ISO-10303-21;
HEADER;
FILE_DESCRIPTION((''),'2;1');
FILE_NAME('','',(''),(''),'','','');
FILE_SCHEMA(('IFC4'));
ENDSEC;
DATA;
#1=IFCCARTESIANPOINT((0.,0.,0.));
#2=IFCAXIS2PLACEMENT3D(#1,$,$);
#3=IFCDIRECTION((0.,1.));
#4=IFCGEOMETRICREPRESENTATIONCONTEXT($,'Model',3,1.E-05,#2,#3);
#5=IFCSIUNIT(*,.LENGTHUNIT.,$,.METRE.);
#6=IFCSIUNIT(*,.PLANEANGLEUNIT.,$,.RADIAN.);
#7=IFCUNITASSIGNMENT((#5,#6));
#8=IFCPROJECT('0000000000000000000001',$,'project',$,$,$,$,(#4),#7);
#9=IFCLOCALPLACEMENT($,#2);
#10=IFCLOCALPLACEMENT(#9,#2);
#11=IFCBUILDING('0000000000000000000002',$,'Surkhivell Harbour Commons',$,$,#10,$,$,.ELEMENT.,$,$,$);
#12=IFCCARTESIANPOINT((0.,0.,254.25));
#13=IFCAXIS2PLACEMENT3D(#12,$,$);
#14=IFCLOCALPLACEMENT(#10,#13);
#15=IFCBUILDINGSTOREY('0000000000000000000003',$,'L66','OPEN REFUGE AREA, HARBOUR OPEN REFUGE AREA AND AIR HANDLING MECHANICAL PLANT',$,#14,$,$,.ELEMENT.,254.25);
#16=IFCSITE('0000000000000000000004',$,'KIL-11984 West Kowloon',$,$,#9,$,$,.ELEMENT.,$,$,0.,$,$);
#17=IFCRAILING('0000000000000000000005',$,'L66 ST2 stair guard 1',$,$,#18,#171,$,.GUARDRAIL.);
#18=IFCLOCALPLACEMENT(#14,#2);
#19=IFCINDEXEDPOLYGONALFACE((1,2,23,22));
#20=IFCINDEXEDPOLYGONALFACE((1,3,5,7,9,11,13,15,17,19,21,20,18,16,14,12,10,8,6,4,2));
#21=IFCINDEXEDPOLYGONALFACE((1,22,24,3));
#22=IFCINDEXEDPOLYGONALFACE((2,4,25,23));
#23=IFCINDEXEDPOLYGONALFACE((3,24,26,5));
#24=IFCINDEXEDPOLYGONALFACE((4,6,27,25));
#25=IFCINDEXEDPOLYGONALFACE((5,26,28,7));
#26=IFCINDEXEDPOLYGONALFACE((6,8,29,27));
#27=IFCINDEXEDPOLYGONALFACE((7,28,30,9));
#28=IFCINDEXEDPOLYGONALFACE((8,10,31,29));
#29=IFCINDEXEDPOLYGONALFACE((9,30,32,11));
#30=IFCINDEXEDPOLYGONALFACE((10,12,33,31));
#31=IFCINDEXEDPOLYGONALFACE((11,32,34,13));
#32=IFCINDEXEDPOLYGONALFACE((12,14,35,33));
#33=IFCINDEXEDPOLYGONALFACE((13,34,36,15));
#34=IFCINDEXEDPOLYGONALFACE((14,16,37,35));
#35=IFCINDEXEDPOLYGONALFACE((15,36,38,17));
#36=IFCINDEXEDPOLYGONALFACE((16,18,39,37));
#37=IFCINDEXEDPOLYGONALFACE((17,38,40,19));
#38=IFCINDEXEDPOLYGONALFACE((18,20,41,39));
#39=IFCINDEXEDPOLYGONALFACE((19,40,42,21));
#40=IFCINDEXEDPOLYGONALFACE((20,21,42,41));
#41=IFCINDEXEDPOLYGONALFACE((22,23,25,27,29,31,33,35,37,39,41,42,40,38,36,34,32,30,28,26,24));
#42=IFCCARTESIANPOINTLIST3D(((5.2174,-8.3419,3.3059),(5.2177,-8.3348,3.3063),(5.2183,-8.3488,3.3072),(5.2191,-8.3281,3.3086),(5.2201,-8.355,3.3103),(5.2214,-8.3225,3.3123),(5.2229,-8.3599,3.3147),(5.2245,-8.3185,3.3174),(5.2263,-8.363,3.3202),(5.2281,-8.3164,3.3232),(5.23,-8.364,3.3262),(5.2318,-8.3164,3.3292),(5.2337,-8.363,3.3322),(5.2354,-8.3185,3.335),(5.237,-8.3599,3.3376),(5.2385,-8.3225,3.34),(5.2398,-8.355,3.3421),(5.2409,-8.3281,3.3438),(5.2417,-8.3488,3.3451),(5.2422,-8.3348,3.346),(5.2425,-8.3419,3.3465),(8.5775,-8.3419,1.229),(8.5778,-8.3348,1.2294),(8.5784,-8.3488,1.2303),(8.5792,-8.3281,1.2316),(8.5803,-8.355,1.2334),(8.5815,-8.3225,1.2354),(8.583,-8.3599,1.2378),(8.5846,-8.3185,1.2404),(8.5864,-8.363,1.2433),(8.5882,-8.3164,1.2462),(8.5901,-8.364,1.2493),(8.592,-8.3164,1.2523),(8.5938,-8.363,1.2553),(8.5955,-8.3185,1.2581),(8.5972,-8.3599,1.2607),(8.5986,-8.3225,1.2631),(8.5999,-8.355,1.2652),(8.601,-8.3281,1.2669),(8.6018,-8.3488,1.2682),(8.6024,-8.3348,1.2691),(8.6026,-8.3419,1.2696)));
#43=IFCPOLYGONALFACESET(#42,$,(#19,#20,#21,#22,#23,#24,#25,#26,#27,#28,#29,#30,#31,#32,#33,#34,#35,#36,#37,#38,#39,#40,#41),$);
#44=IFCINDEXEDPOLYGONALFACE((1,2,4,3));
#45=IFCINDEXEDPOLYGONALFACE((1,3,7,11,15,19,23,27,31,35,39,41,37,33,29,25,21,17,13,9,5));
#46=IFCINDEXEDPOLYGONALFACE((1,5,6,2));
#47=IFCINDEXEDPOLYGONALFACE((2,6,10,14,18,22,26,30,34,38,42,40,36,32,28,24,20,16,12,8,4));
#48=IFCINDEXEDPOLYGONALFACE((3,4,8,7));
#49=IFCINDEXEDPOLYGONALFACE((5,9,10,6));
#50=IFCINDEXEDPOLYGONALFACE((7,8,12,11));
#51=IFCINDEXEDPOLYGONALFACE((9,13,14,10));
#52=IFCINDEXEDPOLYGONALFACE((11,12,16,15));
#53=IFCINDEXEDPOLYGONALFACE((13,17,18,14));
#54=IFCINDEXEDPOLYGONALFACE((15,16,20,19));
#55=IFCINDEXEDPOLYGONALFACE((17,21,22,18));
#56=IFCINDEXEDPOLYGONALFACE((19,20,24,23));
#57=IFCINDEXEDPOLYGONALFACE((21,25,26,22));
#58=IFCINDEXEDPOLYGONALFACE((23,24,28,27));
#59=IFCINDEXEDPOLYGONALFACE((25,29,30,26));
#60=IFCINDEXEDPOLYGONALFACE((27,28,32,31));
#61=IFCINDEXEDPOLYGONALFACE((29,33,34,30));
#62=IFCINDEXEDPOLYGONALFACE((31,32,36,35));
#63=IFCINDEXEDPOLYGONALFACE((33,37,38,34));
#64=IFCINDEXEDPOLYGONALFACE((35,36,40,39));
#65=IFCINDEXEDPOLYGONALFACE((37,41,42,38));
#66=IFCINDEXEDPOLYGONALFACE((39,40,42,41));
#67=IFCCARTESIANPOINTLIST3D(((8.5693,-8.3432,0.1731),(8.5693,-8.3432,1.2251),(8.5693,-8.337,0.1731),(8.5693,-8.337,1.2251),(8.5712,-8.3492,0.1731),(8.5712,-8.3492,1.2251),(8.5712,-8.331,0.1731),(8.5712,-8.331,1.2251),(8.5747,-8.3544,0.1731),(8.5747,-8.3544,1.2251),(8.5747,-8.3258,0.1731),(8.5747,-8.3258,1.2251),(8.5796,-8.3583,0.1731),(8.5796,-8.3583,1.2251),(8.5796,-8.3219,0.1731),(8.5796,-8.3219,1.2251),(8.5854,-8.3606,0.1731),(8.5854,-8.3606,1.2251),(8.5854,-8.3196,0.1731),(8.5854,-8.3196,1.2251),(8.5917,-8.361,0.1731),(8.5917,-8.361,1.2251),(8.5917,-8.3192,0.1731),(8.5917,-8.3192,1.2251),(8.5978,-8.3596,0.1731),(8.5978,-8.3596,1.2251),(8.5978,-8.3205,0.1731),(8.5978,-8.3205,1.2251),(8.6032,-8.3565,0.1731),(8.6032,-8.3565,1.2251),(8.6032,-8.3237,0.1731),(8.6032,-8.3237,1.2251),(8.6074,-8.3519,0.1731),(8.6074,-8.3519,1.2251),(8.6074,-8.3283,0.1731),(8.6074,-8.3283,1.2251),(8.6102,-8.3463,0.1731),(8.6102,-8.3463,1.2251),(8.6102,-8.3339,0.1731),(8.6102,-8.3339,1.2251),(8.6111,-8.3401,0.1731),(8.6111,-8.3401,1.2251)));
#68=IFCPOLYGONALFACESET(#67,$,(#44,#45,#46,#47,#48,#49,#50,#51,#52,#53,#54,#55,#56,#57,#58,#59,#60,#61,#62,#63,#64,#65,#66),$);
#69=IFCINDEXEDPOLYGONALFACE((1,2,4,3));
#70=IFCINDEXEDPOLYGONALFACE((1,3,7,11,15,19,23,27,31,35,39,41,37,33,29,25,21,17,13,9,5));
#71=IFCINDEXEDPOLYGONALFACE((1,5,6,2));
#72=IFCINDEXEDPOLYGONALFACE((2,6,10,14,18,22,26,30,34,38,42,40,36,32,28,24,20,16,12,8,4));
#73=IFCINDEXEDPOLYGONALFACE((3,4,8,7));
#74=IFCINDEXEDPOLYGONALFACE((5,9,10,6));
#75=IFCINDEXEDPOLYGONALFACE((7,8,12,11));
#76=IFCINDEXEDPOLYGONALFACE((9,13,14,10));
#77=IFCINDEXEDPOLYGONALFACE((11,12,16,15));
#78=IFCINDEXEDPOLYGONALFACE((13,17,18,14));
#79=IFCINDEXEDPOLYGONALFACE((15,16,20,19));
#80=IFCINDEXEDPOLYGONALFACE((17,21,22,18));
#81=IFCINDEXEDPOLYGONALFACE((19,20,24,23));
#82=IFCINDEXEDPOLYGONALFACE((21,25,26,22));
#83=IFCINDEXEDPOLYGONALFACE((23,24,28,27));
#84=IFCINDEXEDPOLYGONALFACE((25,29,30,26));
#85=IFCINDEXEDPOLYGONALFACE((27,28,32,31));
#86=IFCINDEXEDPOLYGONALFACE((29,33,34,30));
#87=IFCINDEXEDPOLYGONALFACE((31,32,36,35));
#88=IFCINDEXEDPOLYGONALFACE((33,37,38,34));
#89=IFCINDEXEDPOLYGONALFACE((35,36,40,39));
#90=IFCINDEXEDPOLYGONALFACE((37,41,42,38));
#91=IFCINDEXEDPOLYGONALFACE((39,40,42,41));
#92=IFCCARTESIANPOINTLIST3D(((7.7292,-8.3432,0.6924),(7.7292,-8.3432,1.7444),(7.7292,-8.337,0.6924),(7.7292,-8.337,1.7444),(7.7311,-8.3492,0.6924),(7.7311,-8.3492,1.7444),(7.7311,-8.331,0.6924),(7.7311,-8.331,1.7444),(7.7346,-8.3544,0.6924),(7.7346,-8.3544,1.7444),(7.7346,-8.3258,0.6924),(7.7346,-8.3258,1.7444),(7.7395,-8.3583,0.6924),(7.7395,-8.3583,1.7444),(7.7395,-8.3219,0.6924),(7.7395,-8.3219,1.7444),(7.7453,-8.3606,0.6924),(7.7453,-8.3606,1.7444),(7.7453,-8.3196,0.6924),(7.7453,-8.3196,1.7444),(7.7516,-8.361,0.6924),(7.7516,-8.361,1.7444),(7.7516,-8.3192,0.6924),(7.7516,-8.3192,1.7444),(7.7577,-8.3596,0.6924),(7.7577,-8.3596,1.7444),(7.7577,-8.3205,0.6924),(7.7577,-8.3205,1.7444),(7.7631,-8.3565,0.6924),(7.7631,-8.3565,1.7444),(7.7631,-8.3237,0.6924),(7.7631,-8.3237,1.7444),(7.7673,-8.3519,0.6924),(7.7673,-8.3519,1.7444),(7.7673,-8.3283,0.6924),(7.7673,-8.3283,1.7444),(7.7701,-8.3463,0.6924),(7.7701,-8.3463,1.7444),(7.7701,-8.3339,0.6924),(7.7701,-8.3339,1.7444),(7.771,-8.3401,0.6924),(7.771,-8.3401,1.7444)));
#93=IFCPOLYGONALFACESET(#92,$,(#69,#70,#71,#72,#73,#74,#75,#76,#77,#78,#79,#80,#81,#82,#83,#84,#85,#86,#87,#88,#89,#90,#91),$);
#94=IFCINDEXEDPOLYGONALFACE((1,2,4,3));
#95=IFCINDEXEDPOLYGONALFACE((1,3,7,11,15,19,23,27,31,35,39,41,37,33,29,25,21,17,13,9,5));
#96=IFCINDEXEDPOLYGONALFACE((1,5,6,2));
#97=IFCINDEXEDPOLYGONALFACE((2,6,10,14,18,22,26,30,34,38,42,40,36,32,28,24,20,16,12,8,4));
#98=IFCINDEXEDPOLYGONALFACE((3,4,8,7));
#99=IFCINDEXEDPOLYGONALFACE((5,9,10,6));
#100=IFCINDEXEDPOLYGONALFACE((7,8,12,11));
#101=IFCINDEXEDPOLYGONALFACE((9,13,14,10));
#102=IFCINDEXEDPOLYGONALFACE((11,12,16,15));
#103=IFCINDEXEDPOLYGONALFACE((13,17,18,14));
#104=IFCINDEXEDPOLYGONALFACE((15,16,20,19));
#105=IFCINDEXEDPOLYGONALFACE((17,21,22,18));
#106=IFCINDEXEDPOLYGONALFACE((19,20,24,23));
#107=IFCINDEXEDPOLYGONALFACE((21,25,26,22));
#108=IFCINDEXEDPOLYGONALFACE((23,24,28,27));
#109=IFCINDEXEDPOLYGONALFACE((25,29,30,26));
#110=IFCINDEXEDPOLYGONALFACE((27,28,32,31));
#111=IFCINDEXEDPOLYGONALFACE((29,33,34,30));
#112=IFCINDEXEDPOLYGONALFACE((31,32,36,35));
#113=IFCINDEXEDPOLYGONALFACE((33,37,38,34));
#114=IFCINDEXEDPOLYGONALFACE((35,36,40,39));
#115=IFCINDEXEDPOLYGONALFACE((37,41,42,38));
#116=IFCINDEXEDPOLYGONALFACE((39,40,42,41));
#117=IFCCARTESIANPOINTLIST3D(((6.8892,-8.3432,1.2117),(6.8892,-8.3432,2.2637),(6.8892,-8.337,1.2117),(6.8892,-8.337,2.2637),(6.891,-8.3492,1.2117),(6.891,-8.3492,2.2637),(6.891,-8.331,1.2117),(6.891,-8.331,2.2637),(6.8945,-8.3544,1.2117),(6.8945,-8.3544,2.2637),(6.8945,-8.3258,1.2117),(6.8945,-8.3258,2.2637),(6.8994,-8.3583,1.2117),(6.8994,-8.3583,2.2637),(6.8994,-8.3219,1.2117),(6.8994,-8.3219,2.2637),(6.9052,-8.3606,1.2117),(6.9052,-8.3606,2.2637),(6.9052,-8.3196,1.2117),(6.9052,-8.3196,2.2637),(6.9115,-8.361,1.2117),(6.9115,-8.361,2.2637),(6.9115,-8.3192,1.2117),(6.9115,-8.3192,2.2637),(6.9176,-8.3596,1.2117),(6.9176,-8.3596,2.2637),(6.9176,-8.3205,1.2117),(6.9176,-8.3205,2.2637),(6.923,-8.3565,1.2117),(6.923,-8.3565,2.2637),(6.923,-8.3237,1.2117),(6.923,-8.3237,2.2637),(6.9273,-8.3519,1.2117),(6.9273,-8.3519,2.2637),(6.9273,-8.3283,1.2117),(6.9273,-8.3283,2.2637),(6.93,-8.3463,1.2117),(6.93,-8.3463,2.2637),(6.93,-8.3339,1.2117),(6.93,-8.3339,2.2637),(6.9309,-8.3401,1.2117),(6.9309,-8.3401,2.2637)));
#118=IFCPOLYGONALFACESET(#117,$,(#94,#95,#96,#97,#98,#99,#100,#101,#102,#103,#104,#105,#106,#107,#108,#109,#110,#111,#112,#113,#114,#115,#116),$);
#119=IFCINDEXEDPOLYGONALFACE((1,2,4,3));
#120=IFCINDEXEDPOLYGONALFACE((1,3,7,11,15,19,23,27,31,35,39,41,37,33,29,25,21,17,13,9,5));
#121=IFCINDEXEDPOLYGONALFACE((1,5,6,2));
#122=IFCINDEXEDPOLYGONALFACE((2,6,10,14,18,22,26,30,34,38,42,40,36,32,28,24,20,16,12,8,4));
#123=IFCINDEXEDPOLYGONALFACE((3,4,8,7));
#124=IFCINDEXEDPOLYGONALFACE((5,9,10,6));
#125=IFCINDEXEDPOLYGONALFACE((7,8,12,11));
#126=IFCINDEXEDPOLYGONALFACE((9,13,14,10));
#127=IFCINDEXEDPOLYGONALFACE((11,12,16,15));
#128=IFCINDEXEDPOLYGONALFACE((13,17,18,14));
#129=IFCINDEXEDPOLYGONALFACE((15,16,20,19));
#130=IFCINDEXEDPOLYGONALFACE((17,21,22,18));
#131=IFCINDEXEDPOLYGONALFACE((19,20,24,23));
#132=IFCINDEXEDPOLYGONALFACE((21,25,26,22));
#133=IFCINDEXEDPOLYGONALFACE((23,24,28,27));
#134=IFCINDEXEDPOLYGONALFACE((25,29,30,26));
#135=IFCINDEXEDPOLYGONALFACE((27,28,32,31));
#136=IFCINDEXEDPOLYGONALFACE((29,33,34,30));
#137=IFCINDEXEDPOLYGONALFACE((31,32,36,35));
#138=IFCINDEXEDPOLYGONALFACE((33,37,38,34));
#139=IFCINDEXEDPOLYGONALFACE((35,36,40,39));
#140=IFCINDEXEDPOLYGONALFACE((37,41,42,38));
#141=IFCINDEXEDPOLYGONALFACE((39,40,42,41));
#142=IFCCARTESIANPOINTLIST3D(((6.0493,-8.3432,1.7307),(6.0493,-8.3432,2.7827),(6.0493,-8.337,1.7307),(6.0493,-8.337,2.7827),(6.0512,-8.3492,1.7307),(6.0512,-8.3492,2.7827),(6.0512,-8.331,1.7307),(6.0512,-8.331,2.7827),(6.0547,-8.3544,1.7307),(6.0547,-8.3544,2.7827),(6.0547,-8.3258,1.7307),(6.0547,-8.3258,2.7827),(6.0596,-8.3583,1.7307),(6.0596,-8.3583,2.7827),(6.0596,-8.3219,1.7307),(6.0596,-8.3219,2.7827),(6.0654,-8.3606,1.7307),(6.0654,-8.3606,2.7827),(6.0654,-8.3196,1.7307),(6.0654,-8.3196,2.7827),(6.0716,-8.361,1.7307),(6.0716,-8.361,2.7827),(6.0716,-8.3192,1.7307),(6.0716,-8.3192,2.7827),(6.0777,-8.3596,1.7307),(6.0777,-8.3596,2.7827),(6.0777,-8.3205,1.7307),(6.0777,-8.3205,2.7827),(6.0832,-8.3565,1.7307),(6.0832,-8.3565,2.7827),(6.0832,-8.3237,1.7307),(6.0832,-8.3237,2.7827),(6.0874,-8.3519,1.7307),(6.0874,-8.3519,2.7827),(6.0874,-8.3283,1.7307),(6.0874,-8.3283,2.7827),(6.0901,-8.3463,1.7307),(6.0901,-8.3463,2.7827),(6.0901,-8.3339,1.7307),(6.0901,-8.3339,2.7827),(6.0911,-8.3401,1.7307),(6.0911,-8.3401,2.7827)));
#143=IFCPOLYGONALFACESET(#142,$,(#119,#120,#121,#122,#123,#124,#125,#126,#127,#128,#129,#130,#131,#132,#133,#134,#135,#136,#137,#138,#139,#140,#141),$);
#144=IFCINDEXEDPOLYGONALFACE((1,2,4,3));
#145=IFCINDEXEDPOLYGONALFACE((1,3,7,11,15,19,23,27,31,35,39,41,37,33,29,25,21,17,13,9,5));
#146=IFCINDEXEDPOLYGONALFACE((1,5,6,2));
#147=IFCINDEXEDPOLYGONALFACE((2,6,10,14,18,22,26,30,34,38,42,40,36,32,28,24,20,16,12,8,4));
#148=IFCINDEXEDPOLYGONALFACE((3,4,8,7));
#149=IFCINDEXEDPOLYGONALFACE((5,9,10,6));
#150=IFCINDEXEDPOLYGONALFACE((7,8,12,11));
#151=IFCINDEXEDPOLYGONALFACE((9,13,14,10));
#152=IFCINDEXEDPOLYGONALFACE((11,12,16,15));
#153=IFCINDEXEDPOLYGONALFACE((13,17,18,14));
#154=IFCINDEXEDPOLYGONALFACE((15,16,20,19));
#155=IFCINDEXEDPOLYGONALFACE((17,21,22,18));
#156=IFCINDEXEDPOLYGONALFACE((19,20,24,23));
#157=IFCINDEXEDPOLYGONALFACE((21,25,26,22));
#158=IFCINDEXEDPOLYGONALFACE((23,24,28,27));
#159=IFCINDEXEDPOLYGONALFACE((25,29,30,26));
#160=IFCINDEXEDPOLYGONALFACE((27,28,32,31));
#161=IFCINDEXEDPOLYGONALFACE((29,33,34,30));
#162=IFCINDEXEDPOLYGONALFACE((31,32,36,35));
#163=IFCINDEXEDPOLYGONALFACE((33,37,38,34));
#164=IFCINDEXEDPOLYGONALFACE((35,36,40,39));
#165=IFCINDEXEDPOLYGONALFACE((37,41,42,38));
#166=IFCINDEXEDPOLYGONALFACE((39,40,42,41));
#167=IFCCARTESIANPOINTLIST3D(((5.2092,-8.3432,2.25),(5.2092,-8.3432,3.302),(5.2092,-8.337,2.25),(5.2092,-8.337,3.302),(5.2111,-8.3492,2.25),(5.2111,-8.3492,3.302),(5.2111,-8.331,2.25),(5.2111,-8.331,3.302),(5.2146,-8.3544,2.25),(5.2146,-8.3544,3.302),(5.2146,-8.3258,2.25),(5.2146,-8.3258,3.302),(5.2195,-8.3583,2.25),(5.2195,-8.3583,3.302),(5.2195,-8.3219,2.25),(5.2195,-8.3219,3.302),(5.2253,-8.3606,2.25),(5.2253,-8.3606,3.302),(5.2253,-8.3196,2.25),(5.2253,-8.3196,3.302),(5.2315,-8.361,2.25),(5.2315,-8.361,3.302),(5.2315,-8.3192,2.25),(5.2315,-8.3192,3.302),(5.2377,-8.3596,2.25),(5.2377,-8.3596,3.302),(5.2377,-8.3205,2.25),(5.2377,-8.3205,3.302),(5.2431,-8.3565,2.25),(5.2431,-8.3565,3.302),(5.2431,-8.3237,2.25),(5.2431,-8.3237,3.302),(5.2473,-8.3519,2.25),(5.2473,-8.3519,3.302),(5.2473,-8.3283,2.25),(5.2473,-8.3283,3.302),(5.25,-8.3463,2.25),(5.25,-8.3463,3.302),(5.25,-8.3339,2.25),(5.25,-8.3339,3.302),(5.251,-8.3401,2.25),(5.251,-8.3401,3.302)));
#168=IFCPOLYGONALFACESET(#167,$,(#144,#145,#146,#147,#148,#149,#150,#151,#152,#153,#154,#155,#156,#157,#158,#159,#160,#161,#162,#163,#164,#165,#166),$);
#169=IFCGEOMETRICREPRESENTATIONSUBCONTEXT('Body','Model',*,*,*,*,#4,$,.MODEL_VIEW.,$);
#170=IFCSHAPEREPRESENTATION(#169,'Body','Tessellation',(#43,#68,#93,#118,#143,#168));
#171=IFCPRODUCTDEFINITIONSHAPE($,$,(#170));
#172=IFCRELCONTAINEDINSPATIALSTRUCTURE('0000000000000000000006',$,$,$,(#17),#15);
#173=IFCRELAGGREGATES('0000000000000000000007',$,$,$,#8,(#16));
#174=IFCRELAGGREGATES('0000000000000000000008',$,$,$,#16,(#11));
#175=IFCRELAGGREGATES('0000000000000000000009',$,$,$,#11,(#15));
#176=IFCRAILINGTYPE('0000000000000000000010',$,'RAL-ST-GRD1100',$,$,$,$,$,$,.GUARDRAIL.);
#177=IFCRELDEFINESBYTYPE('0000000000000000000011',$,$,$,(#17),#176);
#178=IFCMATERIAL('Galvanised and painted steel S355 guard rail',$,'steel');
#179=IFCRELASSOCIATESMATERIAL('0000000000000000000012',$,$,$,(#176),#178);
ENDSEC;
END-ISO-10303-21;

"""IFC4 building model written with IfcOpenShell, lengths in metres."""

from ifc_helpers import new_model, si_unit, direction, frame, origin, origin_2d, place, context, subcontext, project, spatial, circle, extrude, material, type_object, element, save


model = new_model("IFC4")

# Units and contexts
model_context = context("Model", 3, precision=1e-05, world=origin(), true_north=direction((0.0, 1.0)))
body_context = subcontext(model_context, "Body", "Model", "MODEL_VIEW")
ifc_project = project(units=[si_unit("LENGTHUNIT", "METRE"), si_unit("PLANEANGLEUNIT", "RADIAN")], contexts=[model_context])

# Site, building, storey
site_placement = place(None, origin())
site = spatial("IfcSite", under=ifc_project, at=site_placement, Name="KIL-11984 West Kowloon", CompositionType="ELEMENT", RefElevation=0.0)
building_placement = place(site_placement, origin())
building = spatial("IfcBuilding", under=site, at=building_placement, Name="Surkhivell Harbour Commons", CompositionType="ELEMENT")
storey_placement = place(building_placement, frame((0.0, 0.0, 254.25)))
storey = spatial("IfcBuildingStorey", under=building, at=storey_placement, Name="L66", Description="OPEN REFUGE AREA, HARBOUR OPEN REFUGE AREA AND AIR HANDLING MECHANICAL PLANT", CompositionType="ELEMENT", Elevation=254.25)

# Railing
ifc_material_1 = material(Name="Galvanised and painted steel S355 guard rail", Category="steel")
railing_type_1 = type_object("IfcRailingType", Name="RAL-ST-GRD1100", PredefinedType="GUARDRAIL", material=ifc_material_1)
railing_1_placement = place(storey_placement, frame((8.5901, -8.3401, 0.1731)))
element("IfcRailing", 1, at=railing_1_placement, inside=storey, type_object=railing_type_1, Name="L66 ST2 stair guard 1", PredefinedType="GUARDRAIL", context=body_context, shape_type="SweptSolid", body=[
    extrude(circle(Radius=0.0239, at=origin_2d()), frame((0.0, 0.0, 1.0762), z_axis=(-0.850623, 0.0, 0.525776), x_axis=(0.0, -1.0, 0.0)), (0.0, 0.0, 1.0), 3.9502),
    extrude(circle(Radius=0.021, at=origin_2d()), origin(), (0.0, 0.0, 1.0), 1.052),
    extrude(circle(Radius=0.021, at=origin_2d()), frame((-0.8401, 0.0, 0.5193)), (0.0, 0.0, 1.0), 1.052),
    extrude(circle(Radius=0.021, at=origin_2d()), frame((-1.6802, 0.0, 1.0386)), (0.0, 0.0, 1.0), 1.052),
    extrude(circle(Radius=0.021, at=origin_2d()), frame((-2.52, 0.0, 1.5576)), (0.0, 0.0, 1.0), 1.052),
    extrude(circle(Radius=0.021, at=origin_2d()), frame((-3.3601, 0.0, 2.0769)), (0.0, 0.0, 1.0), 1.052),
])

save(model, "model.ifc")
